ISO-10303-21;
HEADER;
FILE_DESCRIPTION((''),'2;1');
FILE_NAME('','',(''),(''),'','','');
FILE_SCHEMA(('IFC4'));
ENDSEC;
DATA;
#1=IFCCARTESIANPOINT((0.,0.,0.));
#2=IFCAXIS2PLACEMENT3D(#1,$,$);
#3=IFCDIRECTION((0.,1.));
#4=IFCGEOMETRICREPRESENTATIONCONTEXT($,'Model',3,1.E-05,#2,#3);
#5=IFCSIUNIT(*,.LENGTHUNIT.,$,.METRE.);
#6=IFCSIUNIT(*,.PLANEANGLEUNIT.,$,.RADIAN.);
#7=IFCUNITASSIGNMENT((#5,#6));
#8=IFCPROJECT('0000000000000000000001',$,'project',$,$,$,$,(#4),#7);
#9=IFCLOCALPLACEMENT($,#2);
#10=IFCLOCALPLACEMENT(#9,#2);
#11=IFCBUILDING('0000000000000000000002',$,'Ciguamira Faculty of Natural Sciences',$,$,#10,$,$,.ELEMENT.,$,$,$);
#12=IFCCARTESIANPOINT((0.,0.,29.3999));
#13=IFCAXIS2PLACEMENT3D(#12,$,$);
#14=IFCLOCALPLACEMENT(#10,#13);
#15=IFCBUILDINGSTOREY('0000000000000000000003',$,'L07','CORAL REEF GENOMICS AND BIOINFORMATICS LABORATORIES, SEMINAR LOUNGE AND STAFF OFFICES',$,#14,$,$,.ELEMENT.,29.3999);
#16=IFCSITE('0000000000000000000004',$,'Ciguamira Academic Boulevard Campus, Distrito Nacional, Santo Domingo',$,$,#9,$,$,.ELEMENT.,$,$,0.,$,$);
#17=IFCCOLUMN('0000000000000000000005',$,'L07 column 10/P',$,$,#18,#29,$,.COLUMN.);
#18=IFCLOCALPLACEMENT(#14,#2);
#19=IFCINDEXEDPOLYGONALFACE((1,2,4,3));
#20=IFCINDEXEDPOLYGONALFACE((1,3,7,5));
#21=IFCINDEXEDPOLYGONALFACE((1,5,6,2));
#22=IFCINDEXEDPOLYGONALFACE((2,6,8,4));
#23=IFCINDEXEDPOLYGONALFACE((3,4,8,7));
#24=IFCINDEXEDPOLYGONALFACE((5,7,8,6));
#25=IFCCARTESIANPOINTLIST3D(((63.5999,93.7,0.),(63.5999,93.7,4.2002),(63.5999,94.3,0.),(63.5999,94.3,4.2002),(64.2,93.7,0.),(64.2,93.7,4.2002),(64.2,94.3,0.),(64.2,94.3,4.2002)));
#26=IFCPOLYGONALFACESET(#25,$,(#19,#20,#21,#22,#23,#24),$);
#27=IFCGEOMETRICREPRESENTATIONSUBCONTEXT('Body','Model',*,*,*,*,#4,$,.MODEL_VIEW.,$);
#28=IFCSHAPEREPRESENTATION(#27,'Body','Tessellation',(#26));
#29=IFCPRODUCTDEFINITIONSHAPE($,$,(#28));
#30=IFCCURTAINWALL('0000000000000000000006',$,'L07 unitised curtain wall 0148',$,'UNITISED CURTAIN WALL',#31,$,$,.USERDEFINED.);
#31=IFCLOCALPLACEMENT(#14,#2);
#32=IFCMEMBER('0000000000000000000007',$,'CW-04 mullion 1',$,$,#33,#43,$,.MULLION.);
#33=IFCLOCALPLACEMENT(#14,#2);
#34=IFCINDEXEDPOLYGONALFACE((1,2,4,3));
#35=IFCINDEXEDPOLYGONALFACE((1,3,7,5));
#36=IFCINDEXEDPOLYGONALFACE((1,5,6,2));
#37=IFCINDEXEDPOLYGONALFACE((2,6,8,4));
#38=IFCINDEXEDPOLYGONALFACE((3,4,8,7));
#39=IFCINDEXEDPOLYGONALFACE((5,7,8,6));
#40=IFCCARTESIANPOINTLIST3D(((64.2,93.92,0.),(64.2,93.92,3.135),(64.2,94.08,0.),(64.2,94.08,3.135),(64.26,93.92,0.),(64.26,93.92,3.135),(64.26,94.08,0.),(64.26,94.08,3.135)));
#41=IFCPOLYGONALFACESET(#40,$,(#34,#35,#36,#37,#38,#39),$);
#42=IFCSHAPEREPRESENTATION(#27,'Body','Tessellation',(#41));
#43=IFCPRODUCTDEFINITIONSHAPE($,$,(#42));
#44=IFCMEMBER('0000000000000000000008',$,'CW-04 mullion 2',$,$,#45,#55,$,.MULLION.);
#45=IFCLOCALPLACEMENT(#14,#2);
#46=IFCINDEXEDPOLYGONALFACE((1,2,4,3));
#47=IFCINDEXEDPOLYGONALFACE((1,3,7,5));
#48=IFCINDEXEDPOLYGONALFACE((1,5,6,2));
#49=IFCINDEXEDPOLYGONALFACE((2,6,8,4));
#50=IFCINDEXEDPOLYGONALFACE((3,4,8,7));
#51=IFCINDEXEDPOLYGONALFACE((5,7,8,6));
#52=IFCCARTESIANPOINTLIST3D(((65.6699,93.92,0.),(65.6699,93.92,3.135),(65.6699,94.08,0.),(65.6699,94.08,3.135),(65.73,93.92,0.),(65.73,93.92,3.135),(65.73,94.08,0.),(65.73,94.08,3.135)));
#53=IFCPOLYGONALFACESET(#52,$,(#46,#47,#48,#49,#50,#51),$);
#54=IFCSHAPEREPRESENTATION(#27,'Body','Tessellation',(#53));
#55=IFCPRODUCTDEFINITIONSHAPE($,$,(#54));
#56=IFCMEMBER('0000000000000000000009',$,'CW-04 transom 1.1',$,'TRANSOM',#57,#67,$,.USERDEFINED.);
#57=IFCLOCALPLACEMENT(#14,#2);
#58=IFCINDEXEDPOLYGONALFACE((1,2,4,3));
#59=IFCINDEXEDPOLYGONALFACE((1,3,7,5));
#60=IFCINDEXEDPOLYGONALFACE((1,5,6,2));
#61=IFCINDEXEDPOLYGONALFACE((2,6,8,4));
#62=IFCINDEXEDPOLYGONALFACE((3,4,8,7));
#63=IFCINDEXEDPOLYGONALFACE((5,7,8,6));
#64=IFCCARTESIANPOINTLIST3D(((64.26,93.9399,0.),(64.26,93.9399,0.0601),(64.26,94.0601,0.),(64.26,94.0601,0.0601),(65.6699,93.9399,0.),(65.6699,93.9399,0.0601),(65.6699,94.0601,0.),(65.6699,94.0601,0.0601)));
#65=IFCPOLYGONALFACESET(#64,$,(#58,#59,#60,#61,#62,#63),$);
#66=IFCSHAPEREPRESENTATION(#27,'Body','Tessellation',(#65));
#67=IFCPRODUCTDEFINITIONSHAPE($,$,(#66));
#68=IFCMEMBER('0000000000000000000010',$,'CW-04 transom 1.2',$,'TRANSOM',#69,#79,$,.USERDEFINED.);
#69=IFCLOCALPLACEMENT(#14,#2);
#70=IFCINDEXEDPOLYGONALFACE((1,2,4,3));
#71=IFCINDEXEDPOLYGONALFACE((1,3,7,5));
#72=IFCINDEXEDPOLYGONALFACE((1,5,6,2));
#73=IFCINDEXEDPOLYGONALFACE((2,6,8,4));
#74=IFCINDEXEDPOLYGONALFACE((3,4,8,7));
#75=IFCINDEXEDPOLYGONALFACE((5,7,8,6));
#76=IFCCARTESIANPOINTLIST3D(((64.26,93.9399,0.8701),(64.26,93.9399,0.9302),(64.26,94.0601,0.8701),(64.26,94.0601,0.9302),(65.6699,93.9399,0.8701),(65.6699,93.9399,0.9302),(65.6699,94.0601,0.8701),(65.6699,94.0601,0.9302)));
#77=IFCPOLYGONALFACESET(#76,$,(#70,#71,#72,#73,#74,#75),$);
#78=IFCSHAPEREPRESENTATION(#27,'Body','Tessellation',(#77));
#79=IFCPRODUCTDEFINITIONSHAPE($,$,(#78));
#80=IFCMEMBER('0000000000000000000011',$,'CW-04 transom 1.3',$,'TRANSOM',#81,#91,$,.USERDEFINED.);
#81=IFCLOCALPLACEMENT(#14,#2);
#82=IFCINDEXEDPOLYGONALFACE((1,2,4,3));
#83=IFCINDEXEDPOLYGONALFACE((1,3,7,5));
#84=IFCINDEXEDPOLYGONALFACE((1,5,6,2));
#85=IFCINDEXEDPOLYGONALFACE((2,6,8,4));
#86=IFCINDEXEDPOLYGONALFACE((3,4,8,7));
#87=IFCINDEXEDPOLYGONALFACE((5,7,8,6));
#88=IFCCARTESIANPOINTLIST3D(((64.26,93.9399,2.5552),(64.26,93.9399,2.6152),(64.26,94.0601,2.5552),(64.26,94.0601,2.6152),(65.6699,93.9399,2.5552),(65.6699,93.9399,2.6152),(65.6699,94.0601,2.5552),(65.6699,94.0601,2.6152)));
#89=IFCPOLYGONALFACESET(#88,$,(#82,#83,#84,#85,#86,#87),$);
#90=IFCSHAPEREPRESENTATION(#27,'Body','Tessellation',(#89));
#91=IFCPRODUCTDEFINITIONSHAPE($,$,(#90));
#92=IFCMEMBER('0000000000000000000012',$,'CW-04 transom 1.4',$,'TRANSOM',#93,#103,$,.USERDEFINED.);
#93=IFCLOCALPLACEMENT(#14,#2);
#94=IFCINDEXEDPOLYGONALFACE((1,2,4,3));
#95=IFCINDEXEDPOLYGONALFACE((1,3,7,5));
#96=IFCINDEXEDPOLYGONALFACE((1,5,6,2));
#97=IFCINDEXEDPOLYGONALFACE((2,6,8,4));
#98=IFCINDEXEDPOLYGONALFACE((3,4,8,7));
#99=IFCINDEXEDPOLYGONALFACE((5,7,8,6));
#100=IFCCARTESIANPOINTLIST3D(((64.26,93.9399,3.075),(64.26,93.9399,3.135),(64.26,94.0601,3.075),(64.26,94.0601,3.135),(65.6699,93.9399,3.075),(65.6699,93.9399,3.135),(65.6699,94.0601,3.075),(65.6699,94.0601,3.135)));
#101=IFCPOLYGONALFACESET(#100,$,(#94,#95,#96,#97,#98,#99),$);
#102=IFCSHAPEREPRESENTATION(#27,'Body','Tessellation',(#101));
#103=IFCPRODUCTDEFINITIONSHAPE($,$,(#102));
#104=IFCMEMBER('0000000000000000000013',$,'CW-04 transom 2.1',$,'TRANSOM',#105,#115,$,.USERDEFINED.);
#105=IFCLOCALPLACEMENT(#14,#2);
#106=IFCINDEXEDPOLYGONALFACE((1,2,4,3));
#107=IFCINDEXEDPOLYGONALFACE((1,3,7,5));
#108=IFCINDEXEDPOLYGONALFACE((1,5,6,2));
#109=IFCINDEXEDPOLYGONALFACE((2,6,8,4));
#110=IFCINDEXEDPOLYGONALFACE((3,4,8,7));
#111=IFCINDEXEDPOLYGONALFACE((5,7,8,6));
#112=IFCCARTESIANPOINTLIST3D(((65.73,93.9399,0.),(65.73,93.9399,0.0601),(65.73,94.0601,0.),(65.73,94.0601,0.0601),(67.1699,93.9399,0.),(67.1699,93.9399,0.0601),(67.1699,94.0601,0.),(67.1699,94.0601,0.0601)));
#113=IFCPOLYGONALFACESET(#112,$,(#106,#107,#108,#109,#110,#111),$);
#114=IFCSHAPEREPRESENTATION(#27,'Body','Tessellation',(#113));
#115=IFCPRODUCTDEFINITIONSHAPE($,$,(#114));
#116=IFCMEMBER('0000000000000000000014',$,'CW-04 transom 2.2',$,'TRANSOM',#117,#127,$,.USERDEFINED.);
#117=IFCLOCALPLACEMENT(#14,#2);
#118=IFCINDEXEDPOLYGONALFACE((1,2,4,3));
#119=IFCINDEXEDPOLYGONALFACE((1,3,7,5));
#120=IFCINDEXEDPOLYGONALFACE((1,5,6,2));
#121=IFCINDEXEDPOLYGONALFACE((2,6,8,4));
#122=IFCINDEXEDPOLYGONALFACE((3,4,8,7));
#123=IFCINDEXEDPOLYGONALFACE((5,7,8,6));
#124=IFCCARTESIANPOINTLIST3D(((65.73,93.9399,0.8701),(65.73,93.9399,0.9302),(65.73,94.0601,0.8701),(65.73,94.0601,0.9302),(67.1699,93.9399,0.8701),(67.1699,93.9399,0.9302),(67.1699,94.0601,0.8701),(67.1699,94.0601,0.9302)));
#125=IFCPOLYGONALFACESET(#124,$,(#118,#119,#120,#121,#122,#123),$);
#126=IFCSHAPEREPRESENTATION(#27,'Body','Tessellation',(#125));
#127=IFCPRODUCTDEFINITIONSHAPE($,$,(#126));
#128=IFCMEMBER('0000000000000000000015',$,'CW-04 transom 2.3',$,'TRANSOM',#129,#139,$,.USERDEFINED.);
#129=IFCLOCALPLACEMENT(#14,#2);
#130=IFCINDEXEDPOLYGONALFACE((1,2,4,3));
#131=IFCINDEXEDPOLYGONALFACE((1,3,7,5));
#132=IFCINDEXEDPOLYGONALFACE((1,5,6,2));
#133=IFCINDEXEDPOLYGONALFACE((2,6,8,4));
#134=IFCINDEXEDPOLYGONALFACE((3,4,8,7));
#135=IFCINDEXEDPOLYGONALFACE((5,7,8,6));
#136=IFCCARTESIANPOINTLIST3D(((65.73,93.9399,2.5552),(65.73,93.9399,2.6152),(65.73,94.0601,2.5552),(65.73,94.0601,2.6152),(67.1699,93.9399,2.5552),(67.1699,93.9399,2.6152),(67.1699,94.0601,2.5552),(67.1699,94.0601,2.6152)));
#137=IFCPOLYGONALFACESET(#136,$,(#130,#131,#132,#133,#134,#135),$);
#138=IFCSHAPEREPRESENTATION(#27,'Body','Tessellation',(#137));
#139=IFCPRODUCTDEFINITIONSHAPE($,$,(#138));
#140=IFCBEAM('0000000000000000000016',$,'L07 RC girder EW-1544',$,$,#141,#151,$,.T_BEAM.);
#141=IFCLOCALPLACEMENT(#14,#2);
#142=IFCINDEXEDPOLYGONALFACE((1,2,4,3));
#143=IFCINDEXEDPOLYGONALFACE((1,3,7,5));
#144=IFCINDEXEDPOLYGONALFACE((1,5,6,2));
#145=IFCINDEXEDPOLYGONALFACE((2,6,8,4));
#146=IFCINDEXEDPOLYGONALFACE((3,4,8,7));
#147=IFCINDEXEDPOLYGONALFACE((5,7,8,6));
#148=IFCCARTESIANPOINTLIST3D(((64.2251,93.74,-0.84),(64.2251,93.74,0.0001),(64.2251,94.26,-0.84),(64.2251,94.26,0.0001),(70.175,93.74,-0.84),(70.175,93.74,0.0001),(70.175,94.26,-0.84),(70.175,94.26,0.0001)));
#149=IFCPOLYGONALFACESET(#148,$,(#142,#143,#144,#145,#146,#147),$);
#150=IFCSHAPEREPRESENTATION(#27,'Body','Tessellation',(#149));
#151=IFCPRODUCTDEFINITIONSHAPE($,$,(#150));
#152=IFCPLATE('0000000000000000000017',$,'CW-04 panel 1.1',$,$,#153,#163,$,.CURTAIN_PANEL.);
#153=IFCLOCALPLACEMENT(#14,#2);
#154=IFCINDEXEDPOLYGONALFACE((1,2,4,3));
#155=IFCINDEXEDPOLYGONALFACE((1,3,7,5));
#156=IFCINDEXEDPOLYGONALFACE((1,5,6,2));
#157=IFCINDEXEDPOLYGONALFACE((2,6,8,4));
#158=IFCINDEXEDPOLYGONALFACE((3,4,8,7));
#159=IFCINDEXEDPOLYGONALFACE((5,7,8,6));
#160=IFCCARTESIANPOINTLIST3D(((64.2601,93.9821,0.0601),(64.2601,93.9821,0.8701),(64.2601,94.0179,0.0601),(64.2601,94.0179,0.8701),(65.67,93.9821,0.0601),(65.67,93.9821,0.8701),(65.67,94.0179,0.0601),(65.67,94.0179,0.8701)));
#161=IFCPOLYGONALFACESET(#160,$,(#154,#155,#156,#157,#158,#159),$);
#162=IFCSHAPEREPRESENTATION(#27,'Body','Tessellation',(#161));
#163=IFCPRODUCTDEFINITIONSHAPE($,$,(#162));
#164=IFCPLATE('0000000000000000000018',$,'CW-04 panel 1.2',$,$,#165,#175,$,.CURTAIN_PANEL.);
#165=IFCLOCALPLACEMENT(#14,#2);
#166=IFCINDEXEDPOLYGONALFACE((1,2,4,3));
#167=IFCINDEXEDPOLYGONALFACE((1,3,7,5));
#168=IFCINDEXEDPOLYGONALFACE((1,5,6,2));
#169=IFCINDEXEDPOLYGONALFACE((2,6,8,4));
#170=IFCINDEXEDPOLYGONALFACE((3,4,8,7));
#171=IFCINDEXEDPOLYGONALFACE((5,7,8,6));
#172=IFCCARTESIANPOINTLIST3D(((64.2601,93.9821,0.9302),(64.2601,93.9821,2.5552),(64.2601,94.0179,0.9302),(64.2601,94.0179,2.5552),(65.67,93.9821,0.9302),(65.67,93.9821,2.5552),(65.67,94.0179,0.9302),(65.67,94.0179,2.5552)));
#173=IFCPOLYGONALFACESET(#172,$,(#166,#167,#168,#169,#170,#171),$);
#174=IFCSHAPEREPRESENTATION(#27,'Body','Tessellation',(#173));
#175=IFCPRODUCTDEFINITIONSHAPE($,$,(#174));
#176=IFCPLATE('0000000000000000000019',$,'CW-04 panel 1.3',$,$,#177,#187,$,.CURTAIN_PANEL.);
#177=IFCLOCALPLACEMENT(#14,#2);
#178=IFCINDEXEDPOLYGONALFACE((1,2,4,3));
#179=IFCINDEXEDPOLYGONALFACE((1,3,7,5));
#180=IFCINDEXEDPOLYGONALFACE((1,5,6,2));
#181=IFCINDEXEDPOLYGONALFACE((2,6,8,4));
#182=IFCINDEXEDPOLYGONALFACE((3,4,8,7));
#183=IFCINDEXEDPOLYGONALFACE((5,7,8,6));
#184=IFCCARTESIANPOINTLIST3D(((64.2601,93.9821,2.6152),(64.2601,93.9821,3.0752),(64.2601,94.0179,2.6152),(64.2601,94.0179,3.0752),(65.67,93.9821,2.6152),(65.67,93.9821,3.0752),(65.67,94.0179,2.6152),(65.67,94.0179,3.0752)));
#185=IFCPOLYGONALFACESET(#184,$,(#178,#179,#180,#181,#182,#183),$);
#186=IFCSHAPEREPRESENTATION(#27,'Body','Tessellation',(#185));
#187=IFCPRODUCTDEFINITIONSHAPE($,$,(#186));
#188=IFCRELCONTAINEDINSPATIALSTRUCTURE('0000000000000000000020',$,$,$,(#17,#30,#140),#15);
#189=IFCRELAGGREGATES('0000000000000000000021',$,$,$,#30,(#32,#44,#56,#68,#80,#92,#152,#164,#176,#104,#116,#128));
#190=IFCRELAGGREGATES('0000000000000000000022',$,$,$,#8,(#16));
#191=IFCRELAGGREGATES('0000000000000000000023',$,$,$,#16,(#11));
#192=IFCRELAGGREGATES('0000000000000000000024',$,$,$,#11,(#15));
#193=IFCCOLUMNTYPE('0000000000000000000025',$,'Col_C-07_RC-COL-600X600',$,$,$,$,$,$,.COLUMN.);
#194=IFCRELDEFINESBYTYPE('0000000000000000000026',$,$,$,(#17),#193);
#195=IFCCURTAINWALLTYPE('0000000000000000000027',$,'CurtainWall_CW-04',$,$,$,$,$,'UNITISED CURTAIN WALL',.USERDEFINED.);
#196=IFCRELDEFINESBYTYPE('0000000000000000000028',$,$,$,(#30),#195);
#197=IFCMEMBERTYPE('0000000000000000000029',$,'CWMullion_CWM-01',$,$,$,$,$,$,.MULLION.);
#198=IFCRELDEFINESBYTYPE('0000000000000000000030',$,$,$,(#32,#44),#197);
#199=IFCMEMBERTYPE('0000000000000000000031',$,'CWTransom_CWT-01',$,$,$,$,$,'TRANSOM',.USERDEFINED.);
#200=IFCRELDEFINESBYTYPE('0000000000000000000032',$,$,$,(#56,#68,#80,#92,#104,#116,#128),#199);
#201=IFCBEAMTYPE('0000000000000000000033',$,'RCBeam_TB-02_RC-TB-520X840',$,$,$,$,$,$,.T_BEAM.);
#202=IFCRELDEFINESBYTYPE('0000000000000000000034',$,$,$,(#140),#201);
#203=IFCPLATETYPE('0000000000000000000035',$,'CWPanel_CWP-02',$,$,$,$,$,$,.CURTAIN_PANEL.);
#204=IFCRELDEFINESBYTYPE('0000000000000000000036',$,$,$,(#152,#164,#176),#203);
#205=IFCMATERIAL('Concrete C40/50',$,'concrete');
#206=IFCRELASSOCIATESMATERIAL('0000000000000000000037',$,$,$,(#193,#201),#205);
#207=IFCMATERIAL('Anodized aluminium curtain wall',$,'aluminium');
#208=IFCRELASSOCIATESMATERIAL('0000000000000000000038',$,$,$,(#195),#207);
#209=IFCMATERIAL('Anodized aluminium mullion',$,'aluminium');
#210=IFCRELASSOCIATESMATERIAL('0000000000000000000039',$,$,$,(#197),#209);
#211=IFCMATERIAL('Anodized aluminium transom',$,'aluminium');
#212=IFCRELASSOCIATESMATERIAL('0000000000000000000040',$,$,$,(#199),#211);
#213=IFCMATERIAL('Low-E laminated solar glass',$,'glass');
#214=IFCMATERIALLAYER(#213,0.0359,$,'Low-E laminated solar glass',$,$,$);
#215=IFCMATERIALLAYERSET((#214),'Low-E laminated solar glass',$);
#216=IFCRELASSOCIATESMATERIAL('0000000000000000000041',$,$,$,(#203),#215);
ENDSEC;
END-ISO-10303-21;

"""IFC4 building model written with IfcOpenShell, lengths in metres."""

from ifc_helpers import new_model, si_unit, direction, frame, origin, origin_2d, place, context, subcontext, project, spatial, rectangle, extrude, material, layer, layer_set, material_profile, profile_set, type_object, element, aggregate, save


model = new_model("IFC4")

# Units and contexts
model_context = context("Model", 3, precision=1e-05, world=origin(), true_north=direction((0.0, 1.0)))
body_context = subcontext(model_context, "Body", "Model", "MODEL_VIEW")
ifc_project = project(units=[si_unit("LENGTHUNIT", "METRE"), si_unit("PLANEANGLEUNIT", "RADIAN")], contexts=[model_context])

# Site, building, storey
site_placement = place(None, origin())
site = spatial("IfcSite", under=ifc_project, at=site_placement, Name="Ciguamira Academic Boulevard Campus, Distrito Nacional, Santo Domingo", CompositionType="ELEMENT", RefElevation=0.0)
building_placement = place(site_placement, origin())
building = spatial("IfcBuilding", under=site, at=building_placement, Name="Ciguamira Faculty of Natural Sciences", CompositionType="ELEMENT")
storey_placement = place(building_placement, frame((0.0, 0.0, 29.3999)))
storey = spatial("IfcBuildingStorey", under=building, at=storey_placement, Name="L07", Description="CORAL REEF GENOMICS AND BIOINFORMATICS LABORATORIES, SEMINAR LOUNGE AND STAFF OFFICES", CompositionType="ELEMENT", Elevation=29.3999)

# Column
ifc_material_1 = material(Name="Concrete C40/50", Category="concrete")
ifc_material_profile_1 = material_profile(ifc_material_1, rectangle(XDim=0.6001, YDim=0.6001, at=origin_2d()), Name="RC-COL-600X600")
ifc_profile_set_1 = profile_set([ifc_material_profile_1], Name="Concrete C40/50")
column_type = type_object("IfcColumnType", Name="Col_C-07_RC-COL-600X600", PredefinedType="COLUMN", material=ifc_profile_set_1)
column_placement = place(storey_placement, frame((63.8999, 94.0, 0.0), z_axis=(0.0, 0.0, 1.0), x_axis=(1.0, 0.0, 0.0)))
element("IfcColumn", 1, at=column_placement, inside=storey, type_object=column_type, Name="L07 column 10/P", PredefinedType="COLUMN", context=body_context, shape_type="SweptSolid", body=[
    extrude(rectangle(XDim=0.6001, YDim=0.6001, at=origin_2d()), origin(), (0.0, 0.0, 1.0), 4.2002),
])

# Curtain wall, members
ifc_material_2 = material(Name="Anodized aluminium curtain wall", Category="aluminium")
curtain_wall_type = type_object("IfcCurtainWallType", Name="CurtainWall_CW-04", ElementType="UNITISED CURTAIN WALL", PredefinedType="USERDEFINED", material=ifc_material_2)
curtain_wall_placement = place(storey_placement, origin())
curtain_wall = element("IfcCurtainWall", 2, at=curtain_wall_placement, inside=storey, type_object=curtain_wall_type, Name="L07 unitised curtain wall 0148", ObjectType="UNITISED CURTAIN WALL", PredefinedType="USERDEFINED")
ifc_material_3 = material(Name="Anodized aluminium mullion", Category="aluminium")
ifc_material_profile_2 = material_profile(ifc_material_3, rectangle(XDim=0.0601, YDim=0.1599, at=origin_2d()), Name="ALU-MUL-60X160")
ifc_profile_set_2 = profile_set([ifc_material_profile_2], Name="Anodized aluminium mullion")
member_type_1 = type_object("IfcMemberType", Name="CWMullion_CWM-01", PredefinedType="MULLION", material=ifc_profile_set_2)
member_1_placement = place(storey_placement, frame((64.23, 94.0, 0.0), z_axis=(0.0, 0.0, 1.0), x_axis=(1.0, 0.0, 0.0)))
member_1 = element("IfcMember", 3, at=member_1_placement, type_object=member_type_1, Name="CW-04 mullion 1", PredefinedType="MULLION", context=body_context, shape_type="SweptSolid", body=[
    extrude(rectangle(XDim=0.0601, YDim=0.1599, at=origin_2d()), origin(), (0.0, 0.0, 1.0), 3.135),
])
member_2_placement = place(storey_placement, frame((65.7, 94.0, 0.0), z_axis=(0.0, 0.0, 1.0), x_axis=(1.0, 0.0, 0.0)))
member_2 = element("IfcMember", 4, at=member_2_placement, type_object=member_type_1, Name="CW-04 mullion 2", PredefinedType="MULLION", context=body_context, shape_type="SweptSolid", body=[
    extrude(rectangle(XDim=0.0601, YDim=0.1599, at=origin_2d()), origin(), (0.0, 0.0, 1.0), 3.135),
])
ifc_material_4 = material(Name="Anodized aluminium transom", Category="aluminium")
ifc_material_profile_3 = material_profile(ifc_material_4, rectangle(XDim=0.0601, YDim=0.1201, at=origin_2d()), Name="ALU-TRN-60X120")
ifc_profile_set_3 = profile_set([ifc_material_profile_3], Name="Anodized aluminium transom")
member_type_2 = type_object("IfcMemberType", Name="CWTransom_CWT-01", ElementType="TRANSOM", PredefinedType="USERDEFINED", material=ifc_profile_set_3)
member_3_placement = place(storey_placement, frame((64.26, 94.0, 0.03), z_axis=(1.0, 0.0, 0.0), x_axis=(0.0, 0.0, 1.0)))
member_3 = element("IfcMember", 5, at=member_3_placement, type_object=member_type_2, Name="CW-04 transom 1.1", ObjectType="TRANSOM", PredefinedType="USERDEFINED", context=body_context, shape_type="SweptSolid", body=[
    extrude(rectangle(XDim=0.0601, YDim=0.1201, at=origin_2d()), origin(), (0.0, 0.0, 1.0), 1.4099),
])
member_4_placement = place(storey_placement, frame((64.26, 94.0, 0.9001), z_axis=(1.0, 0.0, 0.0), x_axis=(0.0, 0.0, 1.0)))
member_4 = element("IfcMember", 6, at=member_4_placement, type_object=member_type_2, Name="CW-04 transom 1.2", ObjectType="TRANSOM", PredefinedType="USERDEFINED", context=body_context, shape_type="SweptSolid", body=[
    extrude(rectangle(XDim=0.0601, YDim=0.1201, at=origin_2d()), origin(), (0.0, 0.0, 1.0), 1.4099),
])
member_5_placement = place(storey_placement, frame((64.26, 94.0, 2.5852), z_axis=(1.0, 0.0, 0.0), x_axis=(0.0, 0.0, 1.0)))
member_5 = element("IfcMember", 7, at=member_5_placement, type_object=member_type_2, Name="CW-04 transom 1.3", ObjectType="TRANSOM", PredefinedType="USERDEFINED", context=body_context, shape_type="SweptSolid", body=[
    extrude(rectangle(XDim=0.0601, YDim=0.1201, at=origin_2d()), origin(), (0.0, 0.0, 1.0), 1.4099),
])
member_6_placement = place(storey_placement, frame((64.26, 94.0, 3.105), z_axis=(1.0, 0.0, 0.0), x_axis=(0.0, 0.0, 1.0)))
member_6 = element("IfcMember", 8, at=member_6_placement, type_object=member_type_2, Name="CW-04 transom 1.4", ObjectType="TRANSOM", PredefinedType="USERDEFINED", context=body_context, shape_type="SweptSolid", body=[
    extrude(rectangle(XDim=0.0601, YDim=0.1201, at=origin_2d()), origin(), (0.0, 0.0, 1.0), 1.4099),
])
member_7_placement = place(storey_placement, frame((65.73, 94.0, 0.03), z_axis=(1.0, 0.0, 0.0), x_axis=(0.0, 0.0, 1.0)))
member_7 = element("IfcMember", 9, at=member_7_placement, type_object=member_type_2, Name="CW-04 transom 2.1", ObjectType="TRANSOM", PredefinedType="USERDEFINED", context=body_context, shape_type="SweptSolid", body=[
    extrude(rectangle(XDim=0.0601, YDim=0.1201, at=origin_2d()), origin(), (0.0, 0.0, 1.0), 1.4399),
])
member_8_placement = place(storey_placement, frame((65.73, 94.0, 0.9001), z_axis=(1.0, 0.0, 0.0), x_axis=(0.0, 0.0, 1.0)))
member_8 = element("IfcMember", 10, at=member_8_placement, type_object=member_type_2, Name="CW-04 transom 2.2", ObjectType="TRANSOM", PredefinedType="USERDEFINED", context=body_context, shape_type="SweptSolid", body=[
    extrude(rectangle(XDim=0.0601, YDim=0.1201, at=origin_2d()), origin(), (0.0, 0.0, 1.0), 1.4399),
])
member_9_placement = place(storey_placement, frame((65.73, 94.0, 2.5852), z_axis=(1.0, 0.0, 0.0), x_axis=(0.0, 0.0, 1.0)))
member_9 = element("IfcMember", 11, at=member_9_placement, type_object=member_type_2, Name="CW-04 transom 2.3", ObjectType="TRANSOM", PredefinedType="USERDEFINED", context=body_context, shape_type="SweptSolid", body=[
    extrude(rectangle(XDim=0.0601, YDim=0.1201, at=origin_2d()), origin(), (0.0, 0.0, 1.0), 1.4399),
])

# Beam
ifc_material_profile_4 = material_profile(ifc_material_1, rectangle(XDim=0.52, YDim=0.8401, at=origin_2d()), Name="RC-TB-520X840")
ifc_profile_set_4 = profile_set([ifc_material_profile_4], Name="Concrete C40/50")
beam_type = type_object("IfcBeamType", Name="RCBeam_TB-02_RC-TB-520X840", PredefinedType="T_BEAM", material=ifc_profile_set_4)
beam_placement = place(storey_placement, frame((64.2251, 94.0, -0.4199), z_axis=(1.0, 0.0, 0.0), x_axis=(0.0, 1.0, 0.0)))
element("IfcBeam", 12, at=beam_placement, inside=storey, type_object=beam_type, Name="L07 RC girder EW-1544", PredefinedType="T_BEAM", context=body_context, shape_type="SweptSolid", body=[
    extrude(rectangle(XDim=0.52, YDim=0.8401, at=origin_2d()), origin(), (0.0, 0.0, 1.0), 5.95),
])

# Plates
ifc_material_5 = material(Name="Low-E laminated solar glass", Category="glass")
ifc_layer_1 = layer(ifc_material_5, 0.0359, Name="Low-E laminated solar glass")
ifc_layer_set_1 = layer_set([ifc_layer_1], Name="Low-E laminated solar glass")
plate_type = type_object("IfcPlateType", Name="CWPanel_CWP-02", PredefinedType="CURTAIN_PANEL", material=ifc_layer_set_1)
plate_1_placement = place(storey_placement, frame((64.9651, 94.0, 0.0601), z_axis=(0.0, 0.0, 1.0), x_axis=(1.0, 0.0, 0.0)))
plate_1 = element("IfcPlate", 13, at=plate_1_placement, type_object=plate_type, Name="CW-04 panel 1.1", PredefinedType="CURTAIN_PANEL", context=body_context, shape_type="SweptSolid", body=[
    extrude(rectangle(XDim=1.4099, YDim=0.0359, at=origin_2d()), origin(), (0.0, 0.0, 1.0), 0.8101),
])
plate_2_placement = place(storey_placement, frame((64.9651, 94.0, 0.9302), z_axis=(0.0, 0.0, 1.0), x_axis=(1.0, 0.0, 0.0)))
plate_2 = element("IfcPlate", 14, at=plate_2_placement, type_object=plate_type, Name="CW-04 panel 1.2", PredefinedType="CURTAIN_PANEL", context=body_context, shape_type="SweptSolid", body=[
    extrude(rectangle(XDim=1.4099, YDim=0.0359, at=origin_2d()), origin(), (0.0, 0.0, 1.0), 1.625),
])
plate_3_placement = place(storey_placement, frame((64.9651, 94.0, 2.6152), z_axis=(0.0, 0.0, 1.0), x_axis=(1.0, 0.0, 0.0)))
plate_3 = element("IfcPlate", 15, at=plate_3_placement, type_object=plate_type, Name="CW-04 panel 1.3", PredefinedType="CURTAIN_PANEL", context=body_context, shape_type="SweptSolid", body=[
    extrude(rectangle(XDim=1.4099, YDim=0.0359, at=origin_2d()), origin(), (0.0, 0.0, 1.0), 0.46),
])
aggregate(curtain_wall, [member_1, member_2, member_3, member_4, member_5, member_6, plate_1, plate_2, plate_3, member_7, member_8, member_9])

save(model, "model.ifc")
